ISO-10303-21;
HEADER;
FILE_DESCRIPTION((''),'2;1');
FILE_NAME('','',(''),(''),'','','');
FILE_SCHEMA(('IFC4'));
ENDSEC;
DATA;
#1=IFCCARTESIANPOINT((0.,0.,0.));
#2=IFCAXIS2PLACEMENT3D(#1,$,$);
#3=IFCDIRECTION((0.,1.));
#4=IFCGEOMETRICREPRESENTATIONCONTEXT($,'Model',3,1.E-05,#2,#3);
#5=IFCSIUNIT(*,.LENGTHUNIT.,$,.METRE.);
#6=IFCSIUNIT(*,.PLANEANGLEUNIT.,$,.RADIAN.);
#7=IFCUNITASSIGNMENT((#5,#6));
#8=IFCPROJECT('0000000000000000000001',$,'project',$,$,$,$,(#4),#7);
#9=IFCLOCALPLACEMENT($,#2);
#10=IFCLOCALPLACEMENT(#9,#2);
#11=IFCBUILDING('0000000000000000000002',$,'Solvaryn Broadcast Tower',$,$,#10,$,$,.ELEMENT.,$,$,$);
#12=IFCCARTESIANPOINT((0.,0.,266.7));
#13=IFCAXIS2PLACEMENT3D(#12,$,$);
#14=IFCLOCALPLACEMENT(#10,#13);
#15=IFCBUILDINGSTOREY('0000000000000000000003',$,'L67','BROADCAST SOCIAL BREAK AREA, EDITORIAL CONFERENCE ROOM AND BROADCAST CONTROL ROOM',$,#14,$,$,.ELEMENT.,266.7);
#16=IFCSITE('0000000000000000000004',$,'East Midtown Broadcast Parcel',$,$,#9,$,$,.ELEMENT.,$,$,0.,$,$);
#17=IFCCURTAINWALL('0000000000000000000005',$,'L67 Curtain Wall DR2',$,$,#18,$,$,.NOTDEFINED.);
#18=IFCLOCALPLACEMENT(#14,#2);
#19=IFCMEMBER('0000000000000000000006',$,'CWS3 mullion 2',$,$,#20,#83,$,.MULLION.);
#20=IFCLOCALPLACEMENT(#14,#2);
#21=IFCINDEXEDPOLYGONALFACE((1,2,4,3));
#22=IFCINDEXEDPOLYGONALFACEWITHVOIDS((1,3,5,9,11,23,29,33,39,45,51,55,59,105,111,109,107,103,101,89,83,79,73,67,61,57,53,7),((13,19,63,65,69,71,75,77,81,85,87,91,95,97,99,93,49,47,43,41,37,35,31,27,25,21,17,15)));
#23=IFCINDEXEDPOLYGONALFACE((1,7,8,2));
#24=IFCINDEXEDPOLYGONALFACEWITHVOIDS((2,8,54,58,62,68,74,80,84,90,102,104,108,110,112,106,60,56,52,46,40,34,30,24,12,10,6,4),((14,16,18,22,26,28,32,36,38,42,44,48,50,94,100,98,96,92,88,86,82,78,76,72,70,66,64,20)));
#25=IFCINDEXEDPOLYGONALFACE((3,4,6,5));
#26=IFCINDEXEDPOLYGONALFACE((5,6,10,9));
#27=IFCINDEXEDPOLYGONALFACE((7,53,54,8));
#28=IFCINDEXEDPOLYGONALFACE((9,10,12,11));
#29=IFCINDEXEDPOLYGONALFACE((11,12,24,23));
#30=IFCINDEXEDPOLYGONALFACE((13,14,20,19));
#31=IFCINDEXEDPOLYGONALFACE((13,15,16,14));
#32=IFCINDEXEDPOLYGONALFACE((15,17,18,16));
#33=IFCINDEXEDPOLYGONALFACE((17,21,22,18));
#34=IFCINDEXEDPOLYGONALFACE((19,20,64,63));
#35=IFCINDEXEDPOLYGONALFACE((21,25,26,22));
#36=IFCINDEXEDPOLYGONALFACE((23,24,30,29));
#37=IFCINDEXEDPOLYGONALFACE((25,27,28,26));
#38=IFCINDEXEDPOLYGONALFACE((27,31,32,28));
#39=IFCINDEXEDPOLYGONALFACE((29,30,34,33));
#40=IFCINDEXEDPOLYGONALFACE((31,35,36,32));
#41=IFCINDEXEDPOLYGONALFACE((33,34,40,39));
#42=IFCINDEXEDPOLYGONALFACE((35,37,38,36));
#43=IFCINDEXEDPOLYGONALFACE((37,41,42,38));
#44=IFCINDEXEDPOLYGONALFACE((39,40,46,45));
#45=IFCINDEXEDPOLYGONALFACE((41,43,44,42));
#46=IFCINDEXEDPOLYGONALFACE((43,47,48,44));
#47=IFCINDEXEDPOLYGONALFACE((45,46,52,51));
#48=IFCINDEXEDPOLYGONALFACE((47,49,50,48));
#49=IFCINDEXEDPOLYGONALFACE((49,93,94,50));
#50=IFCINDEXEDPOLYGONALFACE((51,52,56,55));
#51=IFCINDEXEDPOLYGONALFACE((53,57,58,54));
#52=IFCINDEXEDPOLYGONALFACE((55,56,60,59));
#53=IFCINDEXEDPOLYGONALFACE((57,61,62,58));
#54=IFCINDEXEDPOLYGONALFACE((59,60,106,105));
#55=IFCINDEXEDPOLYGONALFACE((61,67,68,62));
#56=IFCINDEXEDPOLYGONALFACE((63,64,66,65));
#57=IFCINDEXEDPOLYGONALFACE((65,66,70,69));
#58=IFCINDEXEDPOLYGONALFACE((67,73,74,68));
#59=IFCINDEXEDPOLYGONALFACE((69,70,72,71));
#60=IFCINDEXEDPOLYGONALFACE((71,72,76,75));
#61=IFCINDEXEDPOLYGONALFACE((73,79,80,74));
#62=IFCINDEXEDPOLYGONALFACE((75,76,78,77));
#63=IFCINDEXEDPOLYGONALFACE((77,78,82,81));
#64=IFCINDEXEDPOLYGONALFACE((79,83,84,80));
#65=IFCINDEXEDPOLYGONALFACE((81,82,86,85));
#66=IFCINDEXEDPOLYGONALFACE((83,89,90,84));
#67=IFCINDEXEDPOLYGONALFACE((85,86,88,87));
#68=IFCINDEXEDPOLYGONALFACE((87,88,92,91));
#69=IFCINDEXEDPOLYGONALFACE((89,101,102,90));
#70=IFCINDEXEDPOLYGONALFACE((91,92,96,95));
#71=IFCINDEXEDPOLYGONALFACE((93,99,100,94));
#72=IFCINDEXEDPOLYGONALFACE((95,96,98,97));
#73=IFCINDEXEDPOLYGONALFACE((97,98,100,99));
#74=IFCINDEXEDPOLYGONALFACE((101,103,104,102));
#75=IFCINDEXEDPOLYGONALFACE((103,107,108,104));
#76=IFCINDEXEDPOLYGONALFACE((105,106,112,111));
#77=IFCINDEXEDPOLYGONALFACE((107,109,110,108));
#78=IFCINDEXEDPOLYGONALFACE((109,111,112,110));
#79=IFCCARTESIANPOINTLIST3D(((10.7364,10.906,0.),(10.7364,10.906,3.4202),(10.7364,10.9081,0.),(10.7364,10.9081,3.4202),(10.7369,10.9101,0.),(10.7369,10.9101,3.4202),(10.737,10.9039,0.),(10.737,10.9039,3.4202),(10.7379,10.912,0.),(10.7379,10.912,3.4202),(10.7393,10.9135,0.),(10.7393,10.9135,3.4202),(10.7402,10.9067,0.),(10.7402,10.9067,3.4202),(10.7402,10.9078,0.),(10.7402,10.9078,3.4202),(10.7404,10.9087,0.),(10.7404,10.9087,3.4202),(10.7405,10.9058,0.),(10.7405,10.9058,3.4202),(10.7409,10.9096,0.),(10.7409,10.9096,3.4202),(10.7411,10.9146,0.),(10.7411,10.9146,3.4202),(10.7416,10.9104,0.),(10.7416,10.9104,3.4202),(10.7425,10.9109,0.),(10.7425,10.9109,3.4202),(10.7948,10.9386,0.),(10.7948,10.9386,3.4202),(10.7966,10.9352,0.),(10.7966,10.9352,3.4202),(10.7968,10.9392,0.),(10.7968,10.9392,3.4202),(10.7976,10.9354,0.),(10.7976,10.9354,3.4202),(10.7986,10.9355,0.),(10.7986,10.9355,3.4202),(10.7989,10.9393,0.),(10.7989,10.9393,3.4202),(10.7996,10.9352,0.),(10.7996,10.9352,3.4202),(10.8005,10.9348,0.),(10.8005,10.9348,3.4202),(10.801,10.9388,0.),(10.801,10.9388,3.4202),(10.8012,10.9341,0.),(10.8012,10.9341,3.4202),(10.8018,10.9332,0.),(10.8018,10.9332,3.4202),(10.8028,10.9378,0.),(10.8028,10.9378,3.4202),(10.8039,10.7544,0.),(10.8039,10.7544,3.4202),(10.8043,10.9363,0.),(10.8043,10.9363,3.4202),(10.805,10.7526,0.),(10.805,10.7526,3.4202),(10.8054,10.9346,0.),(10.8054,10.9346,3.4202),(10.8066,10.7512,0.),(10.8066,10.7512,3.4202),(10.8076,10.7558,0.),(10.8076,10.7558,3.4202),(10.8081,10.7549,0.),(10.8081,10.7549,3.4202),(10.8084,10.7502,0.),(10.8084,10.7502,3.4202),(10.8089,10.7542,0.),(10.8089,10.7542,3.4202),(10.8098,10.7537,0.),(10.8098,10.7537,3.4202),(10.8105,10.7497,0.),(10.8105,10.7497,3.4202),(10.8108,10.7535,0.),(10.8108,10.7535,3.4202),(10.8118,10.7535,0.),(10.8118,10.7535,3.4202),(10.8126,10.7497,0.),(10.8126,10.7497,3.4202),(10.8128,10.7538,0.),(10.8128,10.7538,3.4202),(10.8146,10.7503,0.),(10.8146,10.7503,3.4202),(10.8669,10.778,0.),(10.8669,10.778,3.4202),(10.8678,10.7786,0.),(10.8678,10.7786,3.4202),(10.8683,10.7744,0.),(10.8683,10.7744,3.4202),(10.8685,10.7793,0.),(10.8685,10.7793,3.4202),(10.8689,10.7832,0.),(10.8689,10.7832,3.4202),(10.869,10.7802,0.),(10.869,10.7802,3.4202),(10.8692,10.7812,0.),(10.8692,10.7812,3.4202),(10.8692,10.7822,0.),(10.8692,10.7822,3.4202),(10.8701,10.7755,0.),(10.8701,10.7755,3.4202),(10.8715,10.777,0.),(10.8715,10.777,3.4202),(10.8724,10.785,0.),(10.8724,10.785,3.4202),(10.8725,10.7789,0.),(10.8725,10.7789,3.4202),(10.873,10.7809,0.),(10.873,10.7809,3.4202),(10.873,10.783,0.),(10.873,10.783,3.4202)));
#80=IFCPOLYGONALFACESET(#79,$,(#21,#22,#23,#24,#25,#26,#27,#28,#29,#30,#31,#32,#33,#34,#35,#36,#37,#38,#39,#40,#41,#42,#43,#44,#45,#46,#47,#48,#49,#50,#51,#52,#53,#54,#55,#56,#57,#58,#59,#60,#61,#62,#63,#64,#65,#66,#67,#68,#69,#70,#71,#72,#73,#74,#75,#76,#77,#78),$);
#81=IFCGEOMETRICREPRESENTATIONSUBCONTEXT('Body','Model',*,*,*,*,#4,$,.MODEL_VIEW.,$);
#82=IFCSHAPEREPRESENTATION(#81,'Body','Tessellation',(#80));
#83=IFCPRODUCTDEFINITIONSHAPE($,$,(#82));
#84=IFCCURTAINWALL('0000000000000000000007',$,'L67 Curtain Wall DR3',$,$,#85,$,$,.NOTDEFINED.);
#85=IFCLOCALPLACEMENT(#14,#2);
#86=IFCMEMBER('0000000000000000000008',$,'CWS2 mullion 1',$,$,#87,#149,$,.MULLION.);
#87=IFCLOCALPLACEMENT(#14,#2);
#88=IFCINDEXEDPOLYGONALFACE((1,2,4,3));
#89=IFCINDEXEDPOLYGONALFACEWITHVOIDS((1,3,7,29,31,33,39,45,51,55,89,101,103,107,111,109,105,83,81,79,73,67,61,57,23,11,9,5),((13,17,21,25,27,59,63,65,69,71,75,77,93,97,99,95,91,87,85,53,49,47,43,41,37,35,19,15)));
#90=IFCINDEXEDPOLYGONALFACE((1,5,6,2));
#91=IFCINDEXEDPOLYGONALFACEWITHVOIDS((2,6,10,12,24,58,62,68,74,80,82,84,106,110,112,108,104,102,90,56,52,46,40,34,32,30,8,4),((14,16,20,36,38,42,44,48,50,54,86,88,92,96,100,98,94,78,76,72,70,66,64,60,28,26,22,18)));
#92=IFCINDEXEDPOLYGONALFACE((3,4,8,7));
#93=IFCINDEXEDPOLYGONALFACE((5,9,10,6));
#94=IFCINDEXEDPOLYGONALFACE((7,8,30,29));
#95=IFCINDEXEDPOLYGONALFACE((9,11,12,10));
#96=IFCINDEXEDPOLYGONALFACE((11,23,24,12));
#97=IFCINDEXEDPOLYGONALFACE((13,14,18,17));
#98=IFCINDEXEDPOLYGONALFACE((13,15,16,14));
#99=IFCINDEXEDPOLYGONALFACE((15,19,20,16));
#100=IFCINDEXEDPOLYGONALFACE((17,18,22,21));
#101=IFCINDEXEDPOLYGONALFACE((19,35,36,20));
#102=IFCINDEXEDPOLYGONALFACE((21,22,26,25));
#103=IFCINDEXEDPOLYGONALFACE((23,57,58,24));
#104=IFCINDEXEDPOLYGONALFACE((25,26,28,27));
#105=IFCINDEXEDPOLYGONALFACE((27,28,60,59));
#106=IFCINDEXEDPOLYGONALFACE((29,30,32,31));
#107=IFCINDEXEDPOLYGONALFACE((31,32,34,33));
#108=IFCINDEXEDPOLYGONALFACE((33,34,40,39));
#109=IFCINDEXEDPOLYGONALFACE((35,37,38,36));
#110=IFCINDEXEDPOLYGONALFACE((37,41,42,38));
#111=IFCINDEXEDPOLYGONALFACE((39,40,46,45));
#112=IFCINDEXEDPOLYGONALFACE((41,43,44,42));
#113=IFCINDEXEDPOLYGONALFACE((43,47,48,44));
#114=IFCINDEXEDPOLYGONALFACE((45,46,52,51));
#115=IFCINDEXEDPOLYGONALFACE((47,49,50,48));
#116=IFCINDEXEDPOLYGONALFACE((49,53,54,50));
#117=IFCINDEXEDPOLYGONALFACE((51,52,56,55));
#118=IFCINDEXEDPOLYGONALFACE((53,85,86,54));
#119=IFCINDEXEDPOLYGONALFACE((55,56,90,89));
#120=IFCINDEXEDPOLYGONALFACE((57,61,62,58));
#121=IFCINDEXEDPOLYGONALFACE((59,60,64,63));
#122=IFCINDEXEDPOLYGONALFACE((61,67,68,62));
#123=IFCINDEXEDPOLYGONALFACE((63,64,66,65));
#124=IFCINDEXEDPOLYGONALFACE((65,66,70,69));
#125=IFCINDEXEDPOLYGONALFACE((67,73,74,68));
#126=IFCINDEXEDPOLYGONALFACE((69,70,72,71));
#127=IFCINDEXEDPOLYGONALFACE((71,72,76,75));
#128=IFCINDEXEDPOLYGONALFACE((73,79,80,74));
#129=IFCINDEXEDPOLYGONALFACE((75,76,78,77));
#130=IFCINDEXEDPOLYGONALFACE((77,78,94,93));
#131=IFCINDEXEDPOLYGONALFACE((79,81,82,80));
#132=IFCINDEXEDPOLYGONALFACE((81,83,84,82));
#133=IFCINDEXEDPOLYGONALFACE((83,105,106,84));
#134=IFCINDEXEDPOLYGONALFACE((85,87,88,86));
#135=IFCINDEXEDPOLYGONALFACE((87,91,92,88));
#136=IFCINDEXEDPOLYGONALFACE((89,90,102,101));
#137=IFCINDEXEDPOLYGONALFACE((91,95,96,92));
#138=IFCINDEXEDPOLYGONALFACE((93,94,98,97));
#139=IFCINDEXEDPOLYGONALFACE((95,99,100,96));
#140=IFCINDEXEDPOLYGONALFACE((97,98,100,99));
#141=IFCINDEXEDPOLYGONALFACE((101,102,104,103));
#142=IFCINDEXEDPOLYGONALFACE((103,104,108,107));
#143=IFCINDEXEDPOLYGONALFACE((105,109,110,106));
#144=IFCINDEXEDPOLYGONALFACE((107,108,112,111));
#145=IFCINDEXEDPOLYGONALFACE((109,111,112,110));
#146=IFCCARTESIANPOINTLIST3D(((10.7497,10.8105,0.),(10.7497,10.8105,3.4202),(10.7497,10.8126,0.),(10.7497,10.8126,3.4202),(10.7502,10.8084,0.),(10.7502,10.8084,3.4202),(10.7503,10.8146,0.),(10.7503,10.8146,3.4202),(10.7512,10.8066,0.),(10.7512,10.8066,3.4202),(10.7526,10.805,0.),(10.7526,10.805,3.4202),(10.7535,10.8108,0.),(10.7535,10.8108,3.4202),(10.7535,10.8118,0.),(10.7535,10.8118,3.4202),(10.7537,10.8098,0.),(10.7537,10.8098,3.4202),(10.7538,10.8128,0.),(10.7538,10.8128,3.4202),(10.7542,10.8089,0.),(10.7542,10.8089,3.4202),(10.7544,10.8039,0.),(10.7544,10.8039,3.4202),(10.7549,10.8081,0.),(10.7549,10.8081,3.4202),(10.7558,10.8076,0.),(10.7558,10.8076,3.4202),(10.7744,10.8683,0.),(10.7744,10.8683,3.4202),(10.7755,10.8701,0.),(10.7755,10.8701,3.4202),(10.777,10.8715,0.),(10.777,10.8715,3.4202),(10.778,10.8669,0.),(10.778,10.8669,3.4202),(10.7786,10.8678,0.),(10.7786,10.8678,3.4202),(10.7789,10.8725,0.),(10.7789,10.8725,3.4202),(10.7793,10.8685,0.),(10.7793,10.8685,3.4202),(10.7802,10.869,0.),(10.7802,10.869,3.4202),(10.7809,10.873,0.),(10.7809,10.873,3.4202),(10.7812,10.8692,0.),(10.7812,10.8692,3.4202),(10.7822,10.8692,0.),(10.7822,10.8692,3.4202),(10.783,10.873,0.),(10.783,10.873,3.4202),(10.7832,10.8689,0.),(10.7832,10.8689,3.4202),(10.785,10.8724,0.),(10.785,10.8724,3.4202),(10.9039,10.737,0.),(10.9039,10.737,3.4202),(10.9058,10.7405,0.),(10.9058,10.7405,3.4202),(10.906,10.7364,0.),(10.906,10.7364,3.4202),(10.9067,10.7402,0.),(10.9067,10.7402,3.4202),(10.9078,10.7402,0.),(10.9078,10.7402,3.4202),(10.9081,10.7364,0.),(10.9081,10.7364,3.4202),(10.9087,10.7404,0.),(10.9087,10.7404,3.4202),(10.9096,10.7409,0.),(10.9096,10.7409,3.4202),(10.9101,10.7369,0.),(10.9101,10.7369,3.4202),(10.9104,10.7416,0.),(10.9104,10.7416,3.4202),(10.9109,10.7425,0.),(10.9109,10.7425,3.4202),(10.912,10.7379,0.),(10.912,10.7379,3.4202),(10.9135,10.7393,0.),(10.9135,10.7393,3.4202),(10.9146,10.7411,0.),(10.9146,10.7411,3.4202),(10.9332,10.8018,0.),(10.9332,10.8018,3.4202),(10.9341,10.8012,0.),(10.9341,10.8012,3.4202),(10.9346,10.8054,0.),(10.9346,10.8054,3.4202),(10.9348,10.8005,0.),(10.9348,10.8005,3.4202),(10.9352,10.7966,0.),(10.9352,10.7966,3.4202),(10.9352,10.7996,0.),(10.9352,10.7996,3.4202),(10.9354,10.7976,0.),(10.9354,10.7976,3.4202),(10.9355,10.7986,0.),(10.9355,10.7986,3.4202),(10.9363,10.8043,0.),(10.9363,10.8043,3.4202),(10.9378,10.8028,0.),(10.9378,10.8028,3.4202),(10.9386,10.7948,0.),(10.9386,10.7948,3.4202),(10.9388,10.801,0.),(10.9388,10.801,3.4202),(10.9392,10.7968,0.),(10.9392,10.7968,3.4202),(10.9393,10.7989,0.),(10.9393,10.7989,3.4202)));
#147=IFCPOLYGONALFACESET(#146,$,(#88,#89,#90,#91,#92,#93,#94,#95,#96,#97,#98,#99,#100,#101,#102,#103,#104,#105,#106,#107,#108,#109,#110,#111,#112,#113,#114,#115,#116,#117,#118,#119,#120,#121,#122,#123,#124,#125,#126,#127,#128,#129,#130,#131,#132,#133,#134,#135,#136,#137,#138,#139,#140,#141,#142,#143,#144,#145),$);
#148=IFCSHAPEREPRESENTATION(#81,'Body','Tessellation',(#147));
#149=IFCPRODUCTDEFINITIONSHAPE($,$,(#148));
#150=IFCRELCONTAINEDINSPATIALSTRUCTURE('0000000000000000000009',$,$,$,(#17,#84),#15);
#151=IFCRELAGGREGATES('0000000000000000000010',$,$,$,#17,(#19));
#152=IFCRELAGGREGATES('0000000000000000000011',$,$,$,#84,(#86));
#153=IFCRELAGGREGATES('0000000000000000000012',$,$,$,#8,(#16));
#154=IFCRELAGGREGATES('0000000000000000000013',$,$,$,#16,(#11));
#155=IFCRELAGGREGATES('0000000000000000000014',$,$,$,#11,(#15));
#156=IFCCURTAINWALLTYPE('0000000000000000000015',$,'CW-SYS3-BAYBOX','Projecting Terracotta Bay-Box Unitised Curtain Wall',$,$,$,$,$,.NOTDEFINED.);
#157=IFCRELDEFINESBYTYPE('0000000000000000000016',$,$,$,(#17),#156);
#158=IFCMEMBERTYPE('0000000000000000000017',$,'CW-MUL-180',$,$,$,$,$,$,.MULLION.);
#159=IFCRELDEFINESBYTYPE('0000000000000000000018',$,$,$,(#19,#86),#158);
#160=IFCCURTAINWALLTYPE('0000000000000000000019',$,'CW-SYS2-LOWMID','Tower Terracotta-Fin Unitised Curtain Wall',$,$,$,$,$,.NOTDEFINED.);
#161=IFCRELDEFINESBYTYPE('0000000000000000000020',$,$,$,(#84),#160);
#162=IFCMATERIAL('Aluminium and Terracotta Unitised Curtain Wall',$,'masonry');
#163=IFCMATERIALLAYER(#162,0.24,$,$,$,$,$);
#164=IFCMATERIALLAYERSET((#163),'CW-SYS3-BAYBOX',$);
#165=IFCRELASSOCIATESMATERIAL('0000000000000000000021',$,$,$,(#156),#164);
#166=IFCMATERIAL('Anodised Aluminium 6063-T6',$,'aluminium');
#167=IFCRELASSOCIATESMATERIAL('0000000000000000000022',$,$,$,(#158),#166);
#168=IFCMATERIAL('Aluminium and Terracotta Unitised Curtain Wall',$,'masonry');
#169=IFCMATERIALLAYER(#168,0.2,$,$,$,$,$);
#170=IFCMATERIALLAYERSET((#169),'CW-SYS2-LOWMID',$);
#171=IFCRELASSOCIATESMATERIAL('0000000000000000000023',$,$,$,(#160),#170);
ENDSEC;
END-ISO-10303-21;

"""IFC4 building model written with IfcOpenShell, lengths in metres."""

from ifc_helpers import new_model, si_unit, direction, frame, origin, origin_2d, place, context, subcontext, project, spatial, hollow_rectangle, extrude, material, layer, layer_set, material_profile, profile_set, type_object, element, aggregate, save


model = new_model("IFC4")

# Units and contexts
model_context = context("Model", 3, precision=1e-05, world=origin(), true_north=direction((0.0, 1.0)))
body_context = subcontext(model_context, "Body", "Model", "MODEL_VIEW")
ifc_project = project(units=[si_unit("LENGTHUNIT", "METRE"), si_unit("PLANEANGLEUNIT", "RADIAN")], contexts=[model_context])

# Site, building, storey
site_placement = place(None, origin())
site = spatial("IfcSite", under=ifc_project, at=site_placement, Name="East Midtown Broadcast Parcel", CompositionType="ELEMENT", RefElevation=0.0)
building_placement = place(site_placement, origin())
building = spatial("IfcBuilding", under=site, at=building_placement, Name="Solvaryn Broadcast Tower", CompositionType="ELEMENT")
storey_placement = place(building_placement, frame((0.0, 0.0, 266.7)))
storey = spatial("IfcBuildingStorey", under=building, at=storey_placement, Name="L67", Description="BROADCAST SOCIAL BREAK AREA, EDITORIAL CONFERENCE ROOM AND BROADCAST CONTROL ROOM", CompositionType="ELEMENT", Elevation=266.7)

# Curtain wall, member
ifc_material_1 = material(Name="Aluminium and Terracotta Unitised Curtain Wall", Category="masonry")
ifc_layer_1 = layer(ifc_material_1, 0.24)
ifc_layer_set_1 = layer_set([ifc_layer_1], Name="CW-SYS3-BAYBOX")
curtain_wall_type_1 = type_object("IfcCurtainWallType", Name="CW-SYS3-BAYBOX", Description="Projecting Terracotta Bay-Box Unitised Curtain Wall", PredefinedType="NOTDEFINED", material=ifc_layer_set_1)
curtain_wall_1_placement = place(storey_placement, origin())
curtain_wall_1 = element("IfcCurtainWall", 1, at=curtain_wall_1_placement, inside=storey, type_object=curtain_wall_type_1, Name="L67 Curtain Wall DR2", PredefinedType="NOTDEFINED")
ifc_material_2 = material(Name="Anodised Aluminium 6063-T6", Category="aluminium")
ifc_material_profile_1 = material_profile(ifc_material_2, hollow_rectangle(XDim=0.075, YDim=0.1799, WallThickness=0.0039, InnerFilletRadius=0.0039, OuterFilletRadius=0.0081, at=origin_2d()))
ifc_profile_set_1 = profile_set([ifc_material_profile_1], Name="Anodised Aluminium 6063-T6")
member_type_1 = type_object("IfcMemberType", Name="CW-MUL-180", PredefinedType="MULLION", material=ifc_profile_set_1)
member_1_placement = place(storey_placement, frame((10.8047, 10.8445, 0.0), z_axis=(0.0, 0.0, 1.0), x_axis=(0.912774, 0.408466, 0.0)))
member_1 = element("IfcMember", 2, at=member_1_placement, type_object=member_type_1, Name="CWS3 mullion 2", PredefinedType="MULLION", context=body_context, shape_type="SweptSolid", body=[
    extrude(hollow_rectangle(XDim=0.075, YDim=0.1799, WallThickness=0.0039, InnerFilletRadius=0.0039, OuterFilletRadius=0.0081, at=origin_2d()), origin(), (0.0, 0.0, 1.0), 3.4202),
])
aggregate(curtain_wall_1, [member_1])

# Curtain wall, member
ifc_material_3 = material(Name="Aluminium and Terracotta Unitised Curtain Wall", Category="masonry")
ifc_layer_2 = layer(ifc_material_3, 0.2)
ifc_layer_set_2 = layer_set([ifc_layer_2], Name="CW-SYS2-LOWMID")
curtain_wall_type_2 = type_object("IfcCurtainWallType", Name="CW-SYS2-LOWMID", Description="Tower Terracotta-Fin Unitised Curtain Wall", PredefinedType="NOTDEFINED", material=ifc_layer_set_2)
curtain_wall_2_placement = place(storey_placement, origin())
curtain_wall_2 = element("IfcCurtainWall", 3, at=curtain_wall_2_placement, inside=storey, type_object=curtain_wall_type_2, Name="L67 Curtain Wall DR3", PredefinedType="NOTDEFINED")
member_2_placement = place(storey_placement, frame((10.8445, 10.8047, 0.0), z_axis=(0.0, 0.0, 1.0), x_axis=(0.408466, 0.912774, 0.0)))
member_2 = element("IfcMember", 4, at=member_2_placement, type_object=member_type_1, Name="CWS2 mullion 1", PredefinedType="MULLION", context=body_context, shape_type="SweptSolid", body=[
    extrude(hollow_rectangle(XDim=0.075, YDim=0.1799, WallThickness=0.0039, InnerFilletRadius=0.0039, OuterFilletRadius=0.0081, at=origin_2d()), origin(), (0.0, 0.0, 1.0), 3.4202),
])
aggregate(curtain_wall_2, [member_2])

save(model, "model.ifc")
